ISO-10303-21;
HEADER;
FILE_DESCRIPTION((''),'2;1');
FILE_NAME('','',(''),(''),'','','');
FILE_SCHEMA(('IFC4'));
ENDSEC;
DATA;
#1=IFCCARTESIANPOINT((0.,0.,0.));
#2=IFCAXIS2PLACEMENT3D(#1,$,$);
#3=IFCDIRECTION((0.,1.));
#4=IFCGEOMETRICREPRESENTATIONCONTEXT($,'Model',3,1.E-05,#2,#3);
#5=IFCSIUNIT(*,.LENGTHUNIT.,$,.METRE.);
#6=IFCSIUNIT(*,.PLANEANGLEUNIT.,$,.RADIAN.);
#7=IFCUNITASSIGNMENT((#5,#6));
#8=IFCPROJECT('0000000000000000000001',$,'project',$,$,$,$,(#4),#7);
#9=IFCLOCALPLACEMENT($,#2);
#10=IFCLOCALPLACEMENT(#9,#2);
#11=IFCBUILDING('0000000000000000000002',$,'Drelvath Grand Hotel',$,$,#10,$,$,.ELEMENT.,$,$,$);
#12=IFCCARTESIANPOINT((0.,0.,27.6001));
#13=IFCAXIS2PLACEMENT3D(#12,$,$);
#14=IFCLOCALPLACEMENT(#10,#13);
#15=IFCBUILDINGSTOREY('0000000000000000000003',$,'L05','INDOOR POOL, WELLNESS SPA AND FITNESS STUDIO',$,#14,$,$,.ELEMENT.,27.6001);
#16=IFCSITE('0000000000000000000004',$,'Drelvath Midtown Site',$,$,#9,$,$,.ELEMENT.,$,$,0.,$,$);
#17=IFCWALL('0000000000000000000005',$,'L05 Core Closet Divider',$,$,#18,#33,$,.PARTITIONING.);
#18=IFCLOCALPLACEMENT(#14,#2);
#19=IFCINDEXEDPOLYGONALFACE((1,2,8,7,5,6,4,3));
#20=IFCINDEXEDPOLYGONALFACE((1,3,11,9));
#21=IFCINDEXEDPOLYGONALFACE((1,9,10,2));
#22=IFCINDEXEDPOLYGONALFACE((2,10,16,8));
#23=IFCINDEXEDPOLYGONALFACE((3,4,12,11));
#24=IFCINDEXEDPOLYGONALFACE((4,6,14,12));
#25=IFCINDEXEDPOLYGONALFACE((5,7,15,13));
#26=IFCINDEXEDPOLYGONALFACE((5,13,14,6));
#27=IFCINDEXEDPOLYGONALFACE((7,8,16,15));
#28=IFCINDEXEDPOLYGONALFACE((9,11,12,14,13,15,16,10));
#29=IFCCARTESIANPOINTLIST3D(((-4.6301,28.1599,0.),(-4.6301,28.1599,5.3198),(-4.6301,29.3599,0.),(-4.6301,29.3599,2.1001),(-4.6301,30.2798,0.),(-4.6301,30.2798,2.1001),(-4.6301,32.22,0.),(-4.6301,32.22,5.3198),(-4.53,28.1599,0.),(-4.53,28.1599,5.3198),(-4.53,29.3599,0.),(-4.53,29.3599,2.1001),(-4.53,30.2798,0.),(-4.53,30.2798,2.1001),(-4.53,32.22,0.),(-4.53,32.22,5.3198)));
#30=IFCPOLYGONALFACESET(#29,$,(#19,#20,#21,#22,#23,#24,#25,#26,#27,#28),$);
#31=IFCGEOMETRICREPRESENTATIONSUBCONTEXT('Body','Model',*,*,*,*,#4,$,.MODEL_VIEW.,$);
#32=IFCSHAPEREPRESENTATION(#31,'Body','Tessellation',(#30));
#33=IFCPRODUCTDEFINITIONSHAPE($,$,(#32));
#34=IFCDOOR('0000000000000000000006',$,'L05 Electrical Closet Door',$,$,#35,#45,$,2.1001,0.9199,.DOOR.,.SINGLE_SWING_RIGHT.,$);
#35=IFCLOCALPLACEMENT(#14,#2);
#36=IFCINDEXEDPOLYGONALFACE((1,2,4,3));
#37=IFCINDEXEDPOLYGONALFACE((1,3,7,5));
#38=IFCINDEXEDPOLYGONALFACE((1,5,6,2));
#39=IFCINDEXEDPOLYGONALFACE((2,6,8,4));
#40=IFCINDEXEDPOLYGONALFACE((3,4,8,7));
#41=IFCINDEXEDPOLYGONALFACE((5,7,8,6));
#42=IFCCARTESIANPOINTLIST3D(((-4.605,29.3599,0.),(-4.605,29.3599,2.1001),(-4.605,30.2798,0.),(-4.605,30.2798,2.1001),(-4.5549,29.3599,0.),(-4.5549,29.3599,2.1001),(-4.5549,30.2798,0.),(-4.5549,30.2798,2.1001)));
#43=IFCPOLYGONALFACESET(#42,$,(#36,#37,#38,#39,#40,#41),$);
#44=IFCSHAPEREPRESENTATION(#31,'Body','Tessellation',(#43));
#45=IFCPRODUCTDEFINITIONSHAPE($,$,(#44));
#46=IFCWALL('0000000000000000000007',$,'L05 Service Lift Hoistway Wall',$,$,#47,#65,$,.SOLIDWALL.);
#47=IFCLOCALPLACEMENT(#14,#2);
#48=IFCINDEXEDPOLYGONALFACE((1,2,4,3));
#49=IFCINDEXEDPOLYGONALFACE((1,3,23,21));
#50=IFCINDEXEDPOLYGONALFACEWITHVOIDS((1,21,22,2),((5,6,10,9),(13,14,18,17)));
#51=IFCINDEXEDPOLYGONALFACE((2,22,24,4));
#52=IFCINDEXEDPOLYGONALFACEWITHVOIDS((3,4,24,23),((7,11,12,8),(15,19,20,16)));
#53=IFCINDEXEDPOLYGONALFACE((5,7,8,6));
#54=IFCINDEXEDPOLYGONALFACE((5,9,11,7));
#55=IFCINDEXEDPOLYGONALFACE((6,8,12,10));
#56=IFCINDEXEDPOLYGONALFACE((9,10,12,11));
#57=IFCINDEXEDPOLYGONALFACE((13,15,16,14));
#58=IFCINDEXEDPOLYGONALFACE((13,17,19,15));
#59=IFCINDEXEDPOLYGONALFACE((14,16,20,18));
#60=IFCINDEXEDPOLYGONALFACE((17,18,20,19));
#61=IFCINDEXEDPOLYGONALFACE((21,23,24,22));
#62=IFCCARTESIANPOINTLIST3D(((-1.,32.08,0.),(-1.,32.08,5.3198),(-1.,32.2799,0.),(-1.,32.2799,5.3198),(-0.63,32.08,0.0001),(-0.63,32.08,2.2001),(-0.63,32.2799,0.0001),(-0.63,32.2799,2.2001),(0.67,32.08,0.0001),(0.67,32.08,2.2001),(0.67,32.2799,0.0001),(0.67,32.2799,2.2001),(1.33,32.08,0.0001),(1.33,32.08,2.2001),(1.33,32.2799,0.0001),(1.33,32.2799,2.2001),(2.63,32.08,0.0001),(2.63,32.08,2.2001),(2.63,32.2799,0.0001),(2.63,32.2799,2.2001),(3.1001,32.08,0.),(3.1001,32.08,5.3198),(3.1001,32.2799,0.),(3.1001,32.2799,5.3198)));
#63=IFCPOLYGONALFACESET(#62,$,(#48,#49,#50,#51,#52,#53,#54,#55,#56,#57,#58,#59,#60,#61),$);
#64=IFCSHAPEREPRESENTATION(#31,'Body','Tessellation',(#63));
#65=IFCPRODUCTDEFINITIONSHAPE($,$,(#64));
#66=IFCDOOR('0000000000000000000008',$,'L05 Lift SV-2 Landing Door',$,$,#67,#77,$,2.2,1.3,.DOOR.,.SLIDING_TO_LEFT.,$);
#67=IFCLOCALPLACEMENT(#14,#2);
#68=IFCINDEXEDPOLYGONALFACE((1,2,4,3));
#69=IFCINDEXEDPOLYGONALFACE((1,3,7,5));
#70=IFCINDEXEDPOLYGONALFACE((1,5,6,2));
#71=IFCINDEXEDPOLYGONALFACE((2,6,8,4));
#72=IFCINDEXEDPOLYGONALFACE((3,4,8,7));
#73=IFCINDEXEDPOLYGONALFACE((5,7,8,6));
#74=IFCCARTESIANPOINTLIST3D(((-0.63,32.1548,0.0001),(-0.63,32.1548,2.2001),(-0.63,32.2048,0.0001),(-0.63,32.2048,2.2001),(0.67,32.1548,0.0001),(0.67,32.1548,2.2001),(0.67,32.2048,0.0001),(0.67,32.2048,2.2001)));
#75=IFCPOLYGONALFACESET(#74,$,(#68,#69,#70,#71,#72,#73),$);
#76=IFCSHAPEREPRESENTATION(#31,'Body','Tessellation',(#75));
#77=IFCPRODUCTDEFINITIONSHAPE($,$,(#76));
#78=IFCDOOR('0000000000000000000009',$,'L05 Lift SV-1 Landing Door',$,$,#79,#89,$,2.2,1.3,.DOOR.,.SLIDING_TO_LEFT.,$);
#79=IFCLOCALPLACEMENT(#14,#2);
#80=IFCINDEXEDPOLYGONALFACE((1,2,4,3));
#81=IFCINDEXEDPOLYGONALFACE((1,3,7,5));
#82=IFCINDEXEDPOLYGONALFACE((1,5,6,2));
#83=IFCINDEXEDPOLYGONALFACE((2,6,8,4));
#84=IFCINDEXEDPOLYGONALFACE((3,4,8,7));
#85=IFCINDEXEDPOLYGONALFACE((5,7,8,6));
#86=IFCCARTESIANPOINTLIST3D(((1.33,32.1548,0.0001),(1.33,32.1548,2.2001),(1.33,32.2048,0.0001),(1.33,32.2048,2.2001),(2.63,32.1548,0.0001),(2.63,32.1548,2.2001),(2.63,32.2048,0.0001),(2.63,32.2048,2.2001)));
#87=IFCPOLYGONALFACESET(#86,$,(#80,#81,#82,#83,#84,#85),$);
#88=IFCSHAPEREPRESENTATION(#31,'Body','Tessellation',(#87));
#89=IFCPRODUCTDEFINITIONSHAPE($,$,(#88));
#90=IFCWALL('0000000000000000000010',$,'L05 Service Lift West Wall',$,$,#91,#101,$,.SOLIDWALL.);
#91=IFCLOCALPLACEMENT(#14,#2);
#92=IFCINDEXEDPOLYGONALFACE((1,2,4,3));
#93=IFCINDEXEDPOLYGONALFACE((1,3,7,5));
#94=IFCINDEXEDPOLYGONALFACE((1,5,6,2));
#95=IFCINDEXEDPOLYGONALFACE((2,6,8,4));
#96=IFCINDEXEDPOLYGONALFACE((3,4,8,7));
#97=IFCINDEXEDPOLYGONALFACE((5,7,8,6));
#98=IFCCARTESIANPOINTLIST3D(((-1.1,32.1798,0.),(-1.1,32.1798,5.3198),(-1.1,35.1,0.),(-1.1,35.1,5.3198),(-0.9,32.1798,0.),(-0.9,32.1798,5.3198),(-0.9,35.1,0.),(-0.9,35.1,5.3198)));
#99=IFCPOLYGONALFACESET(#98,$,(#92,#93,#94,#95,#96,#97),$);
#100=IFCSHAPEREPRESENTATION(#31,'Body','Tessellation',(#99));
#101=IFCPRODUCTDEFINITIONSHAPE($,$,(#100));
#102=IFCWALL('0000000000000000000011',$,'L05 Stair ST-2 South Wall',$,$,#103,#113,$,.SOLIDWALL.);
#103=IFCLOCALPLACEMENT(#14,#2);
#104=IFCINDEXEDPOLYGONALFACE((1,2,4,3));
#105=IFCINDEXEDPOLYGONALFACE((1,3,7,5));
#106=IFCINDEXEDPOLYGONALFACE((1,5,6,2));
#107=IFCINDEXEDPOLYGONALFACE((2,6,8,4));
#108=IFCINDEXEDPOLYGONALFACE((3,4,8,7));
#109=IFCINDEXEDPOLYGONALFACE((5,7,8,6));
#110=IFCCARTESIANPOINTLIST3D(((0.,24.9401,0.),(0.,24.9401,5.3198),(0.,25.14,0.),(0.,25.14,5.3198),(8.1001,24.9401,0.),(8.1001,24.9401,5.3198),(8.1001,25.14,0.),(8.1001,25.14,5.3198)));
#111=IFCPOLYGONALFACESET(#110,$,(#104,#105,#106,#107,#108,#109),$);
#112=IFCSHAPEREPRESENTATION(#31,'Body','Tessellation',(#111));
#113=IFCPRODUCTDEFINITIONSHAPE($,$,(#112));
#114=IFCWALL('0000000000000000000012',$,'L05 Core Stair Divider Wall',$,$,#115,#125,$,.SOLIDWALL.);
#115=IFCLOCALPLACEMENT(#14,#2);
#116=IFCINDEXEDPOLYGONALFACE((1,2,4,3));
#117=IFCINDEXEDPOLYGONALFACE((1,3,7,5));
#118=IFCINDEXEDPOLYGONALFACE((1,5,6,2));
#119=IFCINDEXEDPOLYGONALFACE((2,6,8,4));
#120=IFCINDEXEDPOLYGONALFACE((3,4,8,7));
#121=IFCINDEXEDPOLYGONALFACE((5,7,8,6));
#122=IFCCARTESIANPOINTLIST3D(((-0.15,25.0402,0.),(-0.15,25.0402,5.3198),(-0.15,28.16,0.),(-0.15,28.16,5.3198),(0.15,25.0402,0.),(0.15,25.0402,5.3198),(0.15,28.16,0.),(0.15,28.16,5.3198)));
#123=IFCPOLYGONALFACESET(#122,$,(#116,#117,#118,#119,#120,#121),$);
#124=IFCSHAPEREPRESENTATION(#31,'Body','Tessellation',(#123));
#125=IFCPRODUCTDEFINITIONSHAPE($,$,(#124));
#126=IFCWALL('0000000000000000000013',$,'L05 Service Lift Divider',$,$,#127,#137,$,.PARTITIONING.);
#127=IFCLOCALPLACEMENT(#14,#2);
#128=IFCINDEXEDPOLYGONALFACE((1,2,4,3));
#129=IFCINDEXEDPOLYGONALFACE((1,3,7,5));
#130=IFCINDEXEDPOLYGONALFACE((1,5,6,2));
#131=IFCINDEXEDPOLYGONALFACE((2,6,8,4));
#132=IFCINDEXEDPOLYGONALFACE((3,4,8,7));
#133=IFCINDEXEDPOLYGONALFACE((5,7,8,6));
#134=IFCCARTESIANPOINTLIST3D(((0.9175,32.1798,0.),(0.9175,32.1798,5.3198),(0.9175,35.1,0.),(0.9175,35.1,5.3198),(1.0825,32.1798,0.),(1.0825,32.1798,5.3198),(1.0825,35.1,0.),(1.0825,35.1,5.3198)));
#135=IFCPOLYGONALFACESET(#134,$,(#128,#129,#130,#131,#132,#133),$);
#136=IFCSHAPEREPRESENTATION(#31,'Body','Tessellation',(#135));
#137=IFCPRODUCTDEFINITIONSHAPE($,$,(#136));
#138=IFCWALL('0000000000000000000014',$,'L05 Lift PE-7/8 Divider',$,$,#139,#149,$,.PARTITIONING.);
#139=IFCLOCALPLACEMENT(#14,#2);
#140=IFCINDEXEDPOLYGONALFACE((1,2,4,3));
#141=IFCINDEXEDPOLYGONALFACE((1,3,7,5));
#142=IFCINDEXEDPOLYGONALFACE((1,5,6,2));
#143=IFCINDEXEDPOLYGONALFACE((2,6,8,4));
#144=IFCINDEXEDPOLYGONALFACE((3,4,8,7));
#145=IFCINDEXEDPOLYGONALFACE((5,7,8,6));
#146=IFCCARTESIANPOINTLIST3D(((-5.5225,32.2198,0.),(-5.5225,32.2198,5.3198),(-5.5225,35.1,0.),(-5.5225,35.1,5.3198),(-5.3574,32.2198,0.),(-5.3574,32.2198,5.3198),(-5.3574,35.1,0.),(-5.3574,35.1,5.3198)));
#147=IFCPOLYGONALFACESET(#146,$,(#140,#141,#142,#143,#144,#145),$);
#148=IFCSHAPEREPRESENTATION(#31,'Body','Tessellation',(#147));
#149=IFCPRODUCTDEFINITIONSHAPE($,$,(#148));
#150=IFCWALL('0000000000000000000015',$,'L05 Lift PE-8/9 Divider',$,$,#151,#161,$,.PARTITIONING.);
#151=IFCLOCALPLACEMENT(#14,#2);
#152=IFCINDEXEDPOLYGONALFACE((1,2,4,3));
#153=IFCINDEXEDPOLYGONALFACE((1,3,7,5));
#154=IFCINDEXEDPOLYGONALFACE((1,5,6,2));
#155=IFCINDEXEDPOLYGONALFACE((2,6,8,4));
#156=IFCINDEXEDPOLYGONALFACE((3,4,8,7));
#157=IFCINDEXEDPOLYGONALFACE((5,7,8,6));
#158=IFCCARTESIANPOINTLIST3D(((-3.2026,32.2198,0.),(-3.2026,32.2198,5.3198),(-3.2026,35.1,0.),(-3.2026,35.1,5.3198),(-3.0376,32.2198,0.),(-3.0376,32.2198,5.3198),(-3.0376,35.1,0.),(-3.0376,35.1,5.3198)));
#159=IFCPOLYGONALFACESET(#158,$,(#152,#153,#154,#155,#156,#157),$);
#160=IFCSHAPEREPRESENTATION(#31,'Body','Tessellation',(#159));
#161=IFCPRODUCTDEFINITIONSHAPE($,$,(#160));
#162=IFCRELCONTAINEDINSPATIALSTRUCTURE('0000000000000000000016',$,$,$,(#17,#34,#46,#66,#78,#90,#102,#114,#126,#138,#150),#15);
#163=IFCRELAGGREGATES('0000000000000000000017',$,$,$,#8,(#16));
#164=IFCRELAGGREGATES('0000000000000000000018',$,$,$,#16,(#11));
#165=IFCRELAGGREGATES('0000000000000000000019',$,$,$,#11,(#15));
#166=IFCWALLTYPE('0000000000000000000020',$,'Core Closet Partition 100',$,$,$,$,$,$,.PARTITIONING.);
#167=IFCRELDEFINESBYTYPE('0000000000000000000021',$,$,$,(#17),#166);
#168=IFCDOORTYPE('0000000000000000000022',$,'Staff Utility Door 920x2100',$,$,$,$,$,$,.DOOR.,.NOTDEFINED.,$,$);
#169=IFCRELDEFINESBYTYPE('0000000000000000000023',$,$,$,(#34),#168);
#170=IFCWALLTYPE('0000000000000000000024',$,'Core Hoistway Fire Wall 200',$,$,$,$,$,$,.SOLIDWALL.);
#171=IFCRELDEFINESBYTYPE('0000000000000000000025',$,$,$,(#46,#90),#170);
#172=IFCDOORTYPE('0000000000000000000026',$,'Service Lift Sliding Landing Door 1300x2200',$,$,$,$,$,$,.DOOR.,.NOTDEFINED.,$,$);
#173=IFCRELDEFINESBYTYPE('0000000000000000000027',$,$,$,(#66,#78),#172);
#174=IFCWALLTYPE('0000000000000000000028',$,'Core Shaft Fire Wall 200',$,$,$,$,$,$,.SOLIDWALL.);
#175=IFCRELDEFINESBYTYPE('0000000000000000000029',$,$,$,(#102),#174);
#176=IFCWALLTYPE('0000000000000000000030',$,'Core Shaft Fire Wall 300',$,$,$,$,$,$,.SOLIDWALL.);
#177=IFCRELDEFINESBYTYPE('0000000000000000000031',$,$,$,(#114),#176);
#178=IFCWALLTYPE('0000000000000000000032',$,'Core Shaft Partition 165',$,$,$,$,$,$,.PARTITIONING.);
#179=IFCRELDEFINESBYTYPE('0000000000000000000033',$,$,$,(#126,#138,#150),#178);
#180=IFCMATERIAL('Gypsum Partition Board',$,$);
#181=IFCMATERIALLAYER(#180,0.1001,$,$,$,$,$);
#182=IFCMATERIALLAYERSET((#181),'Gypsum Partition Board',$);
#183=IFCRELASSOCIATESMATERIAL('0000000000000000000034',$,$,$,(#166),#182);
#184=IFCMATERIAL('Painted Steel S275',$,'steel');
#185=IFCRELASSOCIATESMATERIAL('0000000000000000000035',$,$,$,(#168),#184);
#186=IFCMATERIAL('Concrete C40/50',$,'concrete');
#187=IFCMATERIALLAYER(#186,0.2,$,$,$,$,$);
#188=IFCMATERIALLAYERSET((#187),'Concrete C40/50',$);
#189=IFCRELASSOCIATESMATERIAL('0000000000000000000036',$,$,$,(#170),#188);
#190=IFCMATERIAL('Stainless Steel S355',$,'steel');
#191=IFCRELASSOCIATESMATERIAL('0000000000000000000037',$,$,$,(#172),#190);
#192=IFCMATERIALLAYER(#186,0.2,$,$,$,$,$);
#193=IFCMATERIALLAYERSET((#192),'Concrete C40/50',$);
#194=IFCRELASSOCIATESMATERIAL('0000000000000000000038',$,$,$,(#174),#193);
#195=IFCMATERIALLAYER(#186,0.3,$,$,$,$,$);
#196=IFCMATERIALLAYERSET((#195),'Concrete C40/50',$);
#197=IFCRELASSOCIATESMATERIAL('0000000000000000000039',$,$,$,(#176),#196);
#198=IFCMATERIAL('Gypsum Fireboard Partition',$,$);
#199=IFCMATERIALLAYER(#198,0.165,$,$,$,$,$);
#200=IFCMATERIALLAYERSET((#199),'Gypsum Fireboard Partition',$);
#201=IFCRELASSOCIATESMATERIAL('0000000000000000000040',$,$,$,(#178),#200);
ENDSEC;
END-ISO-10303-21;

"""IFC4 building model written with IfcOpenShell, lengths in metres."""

from ifc_helpers import new_model, si_unit, direction, frame, frame_2d, origin, place, context, subcontext, project, spatial, rectangle, extrude, material, layer, layer_set, type_object, element, fill, save


model = new_model("IFC4")

# Units and contexts
model_context = context("Model", 3, precision=1e-05, world=origin(), true_north=direction((0.0, 1.0)))
body_context = subcontext(model_context, "Body", "Model", "MODEL_VIEW")
ifc_project = project(units=[si_unit("LENGTHUNIT", "METRE"), si_unit("PLANEANGLEUNIT", "RADIAN")], contexts=[model_context])

# Site, building, storey
site_placement = place(None, origin())
site = spatial("IfcSite", under=ifc_project, at=site_placement, Name="Drelvath Midtown Site", CompositionType="ELEMENT", RefElevation=0.0)
building_placement = place(site_placement, origin())
building = spatial("IfcBuilding", under=site, at=building_placement, Name="Drelvath Grand Hotel", CompositionType="ELEMENT")
storey_placement = place(building_placement, frame((0.0, 0.0, 27.6001)))
storey = spatial("IfcBuildingStorey", under=building, at=storey_placement, Name="L05", Description="INDOOR POOL, WELLNESS SPA AND FITNESS STUDIO", CompositionType="ELEMENT", Elevation=27.6001)

# Wall, opening, door
ifc_material_1 = material(Name="Gypsum Partition Board")
ifc_layer_1 = layer(ifc_material_1, 0.1001)
ifc_layer_set_1 = layer_set([ifc_layer_1], Name="Gypsum Partition Board")
wall_type_1 = type_object("IfcWallType", Name="Core Closet Partition 100", PredefinedType="PARTITIONING", material=ifc_layer_set_1)
wall_1_placement = place(storey_placement, frame((-4.5801, 28.1599, 0.0), z_axis=(0.0, 0.0, 1.0), x_axis=(0.0, 1.0, 0.0)))
wall_1 = element("IfcWall", 1, at=wall_1_placement, inside=storey, type_object=wall_type_1, Name="L05 Core Closet Divider", PredefinedType="PARTITIONING", context=body_context, shape_type="SweptSolid", body=[
    extrude(rectangle(XDim=4.0601, YDim=0.1001, at=frame_2d((2.03, 0.0))), origin(), (0.0, 0.0, 1.0), 5.3198),
])
opening_1_placement = place(wall_1_placement, frame((1.2, 0.0, 0.0)))
opening_1 = element("IfcOpeningElement", 2, at=opening_1_placement, cuts=wall_1, PredefinedType="OPENING", context=body_context, shape_type="SweptSolid", body=[
    extrude(rectangle(XDim=0.9199, YDim=2.1001, at=frame_2d((0.46, 1.05))), frame((0.0, 0.0601, 0.0), z_axis=(0.0, -1.0, 0.0), x_axis=(1.0, 0.0, 0.0)), (0.0, 0.0, 1.0), 0.1201),
])
ifc_material_2 = material(Name="Painted Steel S275", Category="steel")
door_type_1 = type_object("IfcDoorType", Name="Staff Utility Door 920x2100", OperationType="NOTDEFINED", PredefinedType="DOOR", material=ifc_material_2)
door_1_placement = place(opening_1_placement, origin())
door_1 = element("IfcDoor", 3, at=door_1_placement, inside=storey, type_object=door_type_1, Name="L05 Electrical Closet Door", OperationType="SINGLE_SWING_RIGHT", OverallHeight=2.1001, OverallWidth=0.9199, PredefinedType="DOOR", context=body_context, shape_type="SweptSolid", body=[
    extrude(rectangle(XDim=0.9199, YDim=2.1001, at=frame_2d((0.46, 1.05))), frame((0.0, 0.0249, 0.0), z_axis=(0.0, -1.0, 0.0), x_axis=(1.0, 0.0, 0.0)), (0.0, 0.0, 1.0), 0.05),
])
fill(opening_1, door_1)

# Wall, openings, doors
ifc_material_3 = material(Name="Concrete C40/50", Category="concrete")
ifc_layer_2 = layer(ifc_material_3, 0.2)
ifc_layer_set_2 = layer_set([ifc_layer_2], Name="Concrete C40/50")
wall_type_2 = type_object("IfcWallType", Name="Core Hoistway Fire Wall 200", PredefinedType="SOLIDWALL", material=ifc_layer_set_2)
wall_2_placement = place(storey_placement, frame((-1.0, 32.1799, 0.0), z_axis=(0.0, 0.0, 1.0), x_axis=(1.0, 0.0, 0.0)))
wall_2 = element("IfcWall", 4, at=wall_2_placement, inside=storey, type_object=wall_type_2, Name="L05 Service Lift Hoistway Wall", PredefinedType="SOLIDWALL", context=body_context, shape_type="SweptSolid", body=[
    extrude(rectangle(XDim=4.1001, YDim=0.2, at=frame_2d((2.05, 0.0))), origin(), (0.0, 0.0, 1.0), 5.3198),
])
opening_2_placement = place(wall_2_placement, frame((0.3701, 0.0, 0.0)))
opening_2 = element("IfcOpeningElement", 5, at=opening_2_placement, cuts=wall_2, PredefinedType="OPENING", context=body_context, shape_type="SweptSolid", body=[
    extrude(rectangle(XDim=1.3, YDim=2.2, at=frame_2d((0.6499, 1.1001))), frame((0.0, 0.1099, 0.0), z_axis=(0.0, -1.0, 0.0), x_axis=(1.0, 0.0, 0.0)), (0.0, 0.0, 1.0), 0.22),
])
opening_3_placement = place(wall_2_placement, frame((2.3301, 0.0, 0.0)))
opening_3 = element("IfcOpeningElement", 6, at=opening_3_placement, cuts=wall_2, PredefinedType="OPENING", context=body_context, shape_type="SweptSolid", body=[
    extrude(rectangle(XDim=1.3, YDim=2.2, at=frame_2d((0.6499, 1.1001))), frame((0.0, 0.1099, 0.0), z_axis=(0.0, -1.0, 0.0), x_axis=(1.0, 0.0, 0.0)), (0.0, 0.0, 1.0), 0.22),
])
ifc_material_4 = material(Name="Stainless Steel S355", Category="steel")
door_type_2 = type_object("IfcDoorType", Name="Service Lift Sliding Landing Door 1300x2200", OperationType="NOTDEFINED", PredefinedType="DOOR", material=ifc_material_4)
door_2_placement = place(opening_2_placement, origin())
door_2 = element("IfcDoor", 7, at=door_2_placement, inside=storey, type_object=door_type_2, Name="L05 Lift SV-2 Landing Door", OperationType="SLIDING_TO_LEFT", OverallHeight=2.2, OverallWidth=1.3, PredefinedType="DOOR", context=body_context, shape_type="SweptSolid", body=[
    extrude(rectangle(XDim=1.3, YDim=2.2, at=frame_2d((0.6499, 1.1001))), frame((0.0, 0.0249, 0.0), z_axis=(0.0, -1.0, 0.0), x_axis=(1.0, 0.0, 0.0)), (0.0, 0.0, 1.0), 0.05),
])
fill(opening_2, door_2)
door_3_placement = place(opening_3_placement, origin())
door_3 = element("IfcDoor", 8, at=door_3_placement, inside=storey, type_object=door_type_2, Name="L05 Lift SV-1 Landing Door", OperationType="SLIDING_TO_LEFT", OverallHeight=2.2, OverallWidth=1.3, PredefinedType="DOOR", context=body_context, shape_type="SweptSolid", body=[
    extrude(rectangle(XDim=1.3, YDim=2.2, at=frame_2d((0.6499, 1.1001))), frame((0.0, 0.0249, 0.0), z_axis=(0.0, -1.0, 0.0), x_axis=(1.0, 0.0, 0.0)), (0.0, 0.0, 1.0), 0.05),
])
fill(opening_3, door_3)

# Walls
wall_3_placement = place(storey_placement, frame((-1.0, 32.1799, 0.0), z_axis=(0.0, 0.0, 1.0), x_axis=(0.0, 1.0, 0.0)))
element("IfcWall", 9, at=wall_3_placement, inside=storey, type_object=wall_type_2, Name="L05 Service Lift West Wall", PredefinedType="SOLIDWALL", context=body_context, shape_type="SweptSolid", body=[
    extrude(rectangle(XDim=2.9202, YDim=0.2, at=frame_2d((1.46, 0.0))), origin(), (0.0, 0.0, 1.0), 5.3198),
])
ifc_layer_3 = layer(ifc_material_3, 0.2)
ifc_layer_set_3 = layer_set([ifc_layer_3], Name="Concrete C40/50")
wall_type_3 = type_object("IfcWallType", Name="Core Shaft Fire Wall 200", PredefinedType="SOLIDWALL", material=ifc_layer_set_3)
wall_4_placement = place(storey_placement, frame((0.0, 25.04, 0.0), z_axis=(0.0, 0.0, 1.0), x_axis=(1.0, 0.0, 0.0)))
element("IfcWall", 10, at=wall_4_placement, inside=storey, type_object=wall_type_3, Name="L05 Stair ST-2 South Wall", PredefinedType="SOLIDWALL", context=body_context, shape_type="SweptSolid", body=[
    extrude(rectangle(XDim=8.1001, YDim=0.2, at=frame_2d((4.05, 0.0))), origin(), (0.0, 0.0, 1.0), 5.3198),
])
ifc_layer_4 = layer(ifc_material_3, 0.3)
ifc_layer_set_4 = layer_set([ifc_layer_4], Name="Concrete C40/50")
wall_type_4 = type_object("IfcWallType", Name="Core Shaft Fire Wall 300", PredefinedType="SOLIDWALL", material=ifc_layer_set_4)
wall_5_placement = place(storey_placement, frame((0.0, 25.04, 0.0), z_axis=(0.0, 0.0, 1.0), x_axis=(0.0, 1.0, 0.0)))
element("IfcWall", 11, at=wall_5_placement, inside=storey, type_object=wall_type_4, Name="L05 Core Stair Divider Wall", PredefinedType="SOLIDWALL", context=body_context, shape_type="SweptSolid", body=[
    extrude(rectangle(XDim=3.1199, YDim=0.3, at=frame_2d((1.5601, 0.0))), origin(), (0.0, 0.0, 1.0), 5.3198),
])
ifc_material_5 = material(Name="Gypsum Fireboard Partition")
ifc_layer_5 = layer(ifc_material_5, 0.165)
ifc_layer_set_5 = layer_set([ifc_layer_5], Name="Gypsum Fireboard Partition")
wall_type_5 = type_object("IfcWallType", Name="Core Shaft Partition 165", PredefinedType="PARTITIONING", material=ifc_layer_set_5)
wall_6_placement = place(storey_placement, frame((1.0, 32.1799, 0.0), z_axis=(0.0, 0.0, 1.0), x_axis=(0.0, 1.0, 0.0)))
element("IfcWall", 12, at=wall_6_placement, inside=storey, type_object=wall_type_5, Name="L05 Service Lift Divider", PredefinedType="PARTITIONING", context=body_context, shape_type="SweptSolid", body=[
    extrude(rectangle(XDim=2.9202, YDim=0.165, at=frame_2d((1.46, 0.0))), origin(), (0.0, 0.0, 1.0), 5.3198),
])
for number, where, z_axis, x_axis, name in (
    (13, (-5.4399, 32.22, 0.0), (0.0, 0.0, 1.0), (0.0, 1.0, 0.0), "L05 Lift PE-7/8 Divider"),
    (14, (-3.1201, 32.22, 0.0), (0.0, 0.0, 1.0), (0.0, 1.0, 0.0), "L05 Lift PE-8/9 Divider"),
):
    element("IfcWall", number, at=place(storey_placement, frame(where, z_axis=z_axis, x_axis=x_axis)), inside=storey, type_object=wall_type_5, Name=name, PredefinedType="PARTITIONING", context=body_context, shape_type="SweptSolid", body=[
        extrude(rectangle(XDim=2.8801, YDim=0.165, at=frame_2d((1.4399, 0.0))), origin(), (0.0, 0.0, 1.0), 5.3198),
    ])

save(model, "model.ifc")
